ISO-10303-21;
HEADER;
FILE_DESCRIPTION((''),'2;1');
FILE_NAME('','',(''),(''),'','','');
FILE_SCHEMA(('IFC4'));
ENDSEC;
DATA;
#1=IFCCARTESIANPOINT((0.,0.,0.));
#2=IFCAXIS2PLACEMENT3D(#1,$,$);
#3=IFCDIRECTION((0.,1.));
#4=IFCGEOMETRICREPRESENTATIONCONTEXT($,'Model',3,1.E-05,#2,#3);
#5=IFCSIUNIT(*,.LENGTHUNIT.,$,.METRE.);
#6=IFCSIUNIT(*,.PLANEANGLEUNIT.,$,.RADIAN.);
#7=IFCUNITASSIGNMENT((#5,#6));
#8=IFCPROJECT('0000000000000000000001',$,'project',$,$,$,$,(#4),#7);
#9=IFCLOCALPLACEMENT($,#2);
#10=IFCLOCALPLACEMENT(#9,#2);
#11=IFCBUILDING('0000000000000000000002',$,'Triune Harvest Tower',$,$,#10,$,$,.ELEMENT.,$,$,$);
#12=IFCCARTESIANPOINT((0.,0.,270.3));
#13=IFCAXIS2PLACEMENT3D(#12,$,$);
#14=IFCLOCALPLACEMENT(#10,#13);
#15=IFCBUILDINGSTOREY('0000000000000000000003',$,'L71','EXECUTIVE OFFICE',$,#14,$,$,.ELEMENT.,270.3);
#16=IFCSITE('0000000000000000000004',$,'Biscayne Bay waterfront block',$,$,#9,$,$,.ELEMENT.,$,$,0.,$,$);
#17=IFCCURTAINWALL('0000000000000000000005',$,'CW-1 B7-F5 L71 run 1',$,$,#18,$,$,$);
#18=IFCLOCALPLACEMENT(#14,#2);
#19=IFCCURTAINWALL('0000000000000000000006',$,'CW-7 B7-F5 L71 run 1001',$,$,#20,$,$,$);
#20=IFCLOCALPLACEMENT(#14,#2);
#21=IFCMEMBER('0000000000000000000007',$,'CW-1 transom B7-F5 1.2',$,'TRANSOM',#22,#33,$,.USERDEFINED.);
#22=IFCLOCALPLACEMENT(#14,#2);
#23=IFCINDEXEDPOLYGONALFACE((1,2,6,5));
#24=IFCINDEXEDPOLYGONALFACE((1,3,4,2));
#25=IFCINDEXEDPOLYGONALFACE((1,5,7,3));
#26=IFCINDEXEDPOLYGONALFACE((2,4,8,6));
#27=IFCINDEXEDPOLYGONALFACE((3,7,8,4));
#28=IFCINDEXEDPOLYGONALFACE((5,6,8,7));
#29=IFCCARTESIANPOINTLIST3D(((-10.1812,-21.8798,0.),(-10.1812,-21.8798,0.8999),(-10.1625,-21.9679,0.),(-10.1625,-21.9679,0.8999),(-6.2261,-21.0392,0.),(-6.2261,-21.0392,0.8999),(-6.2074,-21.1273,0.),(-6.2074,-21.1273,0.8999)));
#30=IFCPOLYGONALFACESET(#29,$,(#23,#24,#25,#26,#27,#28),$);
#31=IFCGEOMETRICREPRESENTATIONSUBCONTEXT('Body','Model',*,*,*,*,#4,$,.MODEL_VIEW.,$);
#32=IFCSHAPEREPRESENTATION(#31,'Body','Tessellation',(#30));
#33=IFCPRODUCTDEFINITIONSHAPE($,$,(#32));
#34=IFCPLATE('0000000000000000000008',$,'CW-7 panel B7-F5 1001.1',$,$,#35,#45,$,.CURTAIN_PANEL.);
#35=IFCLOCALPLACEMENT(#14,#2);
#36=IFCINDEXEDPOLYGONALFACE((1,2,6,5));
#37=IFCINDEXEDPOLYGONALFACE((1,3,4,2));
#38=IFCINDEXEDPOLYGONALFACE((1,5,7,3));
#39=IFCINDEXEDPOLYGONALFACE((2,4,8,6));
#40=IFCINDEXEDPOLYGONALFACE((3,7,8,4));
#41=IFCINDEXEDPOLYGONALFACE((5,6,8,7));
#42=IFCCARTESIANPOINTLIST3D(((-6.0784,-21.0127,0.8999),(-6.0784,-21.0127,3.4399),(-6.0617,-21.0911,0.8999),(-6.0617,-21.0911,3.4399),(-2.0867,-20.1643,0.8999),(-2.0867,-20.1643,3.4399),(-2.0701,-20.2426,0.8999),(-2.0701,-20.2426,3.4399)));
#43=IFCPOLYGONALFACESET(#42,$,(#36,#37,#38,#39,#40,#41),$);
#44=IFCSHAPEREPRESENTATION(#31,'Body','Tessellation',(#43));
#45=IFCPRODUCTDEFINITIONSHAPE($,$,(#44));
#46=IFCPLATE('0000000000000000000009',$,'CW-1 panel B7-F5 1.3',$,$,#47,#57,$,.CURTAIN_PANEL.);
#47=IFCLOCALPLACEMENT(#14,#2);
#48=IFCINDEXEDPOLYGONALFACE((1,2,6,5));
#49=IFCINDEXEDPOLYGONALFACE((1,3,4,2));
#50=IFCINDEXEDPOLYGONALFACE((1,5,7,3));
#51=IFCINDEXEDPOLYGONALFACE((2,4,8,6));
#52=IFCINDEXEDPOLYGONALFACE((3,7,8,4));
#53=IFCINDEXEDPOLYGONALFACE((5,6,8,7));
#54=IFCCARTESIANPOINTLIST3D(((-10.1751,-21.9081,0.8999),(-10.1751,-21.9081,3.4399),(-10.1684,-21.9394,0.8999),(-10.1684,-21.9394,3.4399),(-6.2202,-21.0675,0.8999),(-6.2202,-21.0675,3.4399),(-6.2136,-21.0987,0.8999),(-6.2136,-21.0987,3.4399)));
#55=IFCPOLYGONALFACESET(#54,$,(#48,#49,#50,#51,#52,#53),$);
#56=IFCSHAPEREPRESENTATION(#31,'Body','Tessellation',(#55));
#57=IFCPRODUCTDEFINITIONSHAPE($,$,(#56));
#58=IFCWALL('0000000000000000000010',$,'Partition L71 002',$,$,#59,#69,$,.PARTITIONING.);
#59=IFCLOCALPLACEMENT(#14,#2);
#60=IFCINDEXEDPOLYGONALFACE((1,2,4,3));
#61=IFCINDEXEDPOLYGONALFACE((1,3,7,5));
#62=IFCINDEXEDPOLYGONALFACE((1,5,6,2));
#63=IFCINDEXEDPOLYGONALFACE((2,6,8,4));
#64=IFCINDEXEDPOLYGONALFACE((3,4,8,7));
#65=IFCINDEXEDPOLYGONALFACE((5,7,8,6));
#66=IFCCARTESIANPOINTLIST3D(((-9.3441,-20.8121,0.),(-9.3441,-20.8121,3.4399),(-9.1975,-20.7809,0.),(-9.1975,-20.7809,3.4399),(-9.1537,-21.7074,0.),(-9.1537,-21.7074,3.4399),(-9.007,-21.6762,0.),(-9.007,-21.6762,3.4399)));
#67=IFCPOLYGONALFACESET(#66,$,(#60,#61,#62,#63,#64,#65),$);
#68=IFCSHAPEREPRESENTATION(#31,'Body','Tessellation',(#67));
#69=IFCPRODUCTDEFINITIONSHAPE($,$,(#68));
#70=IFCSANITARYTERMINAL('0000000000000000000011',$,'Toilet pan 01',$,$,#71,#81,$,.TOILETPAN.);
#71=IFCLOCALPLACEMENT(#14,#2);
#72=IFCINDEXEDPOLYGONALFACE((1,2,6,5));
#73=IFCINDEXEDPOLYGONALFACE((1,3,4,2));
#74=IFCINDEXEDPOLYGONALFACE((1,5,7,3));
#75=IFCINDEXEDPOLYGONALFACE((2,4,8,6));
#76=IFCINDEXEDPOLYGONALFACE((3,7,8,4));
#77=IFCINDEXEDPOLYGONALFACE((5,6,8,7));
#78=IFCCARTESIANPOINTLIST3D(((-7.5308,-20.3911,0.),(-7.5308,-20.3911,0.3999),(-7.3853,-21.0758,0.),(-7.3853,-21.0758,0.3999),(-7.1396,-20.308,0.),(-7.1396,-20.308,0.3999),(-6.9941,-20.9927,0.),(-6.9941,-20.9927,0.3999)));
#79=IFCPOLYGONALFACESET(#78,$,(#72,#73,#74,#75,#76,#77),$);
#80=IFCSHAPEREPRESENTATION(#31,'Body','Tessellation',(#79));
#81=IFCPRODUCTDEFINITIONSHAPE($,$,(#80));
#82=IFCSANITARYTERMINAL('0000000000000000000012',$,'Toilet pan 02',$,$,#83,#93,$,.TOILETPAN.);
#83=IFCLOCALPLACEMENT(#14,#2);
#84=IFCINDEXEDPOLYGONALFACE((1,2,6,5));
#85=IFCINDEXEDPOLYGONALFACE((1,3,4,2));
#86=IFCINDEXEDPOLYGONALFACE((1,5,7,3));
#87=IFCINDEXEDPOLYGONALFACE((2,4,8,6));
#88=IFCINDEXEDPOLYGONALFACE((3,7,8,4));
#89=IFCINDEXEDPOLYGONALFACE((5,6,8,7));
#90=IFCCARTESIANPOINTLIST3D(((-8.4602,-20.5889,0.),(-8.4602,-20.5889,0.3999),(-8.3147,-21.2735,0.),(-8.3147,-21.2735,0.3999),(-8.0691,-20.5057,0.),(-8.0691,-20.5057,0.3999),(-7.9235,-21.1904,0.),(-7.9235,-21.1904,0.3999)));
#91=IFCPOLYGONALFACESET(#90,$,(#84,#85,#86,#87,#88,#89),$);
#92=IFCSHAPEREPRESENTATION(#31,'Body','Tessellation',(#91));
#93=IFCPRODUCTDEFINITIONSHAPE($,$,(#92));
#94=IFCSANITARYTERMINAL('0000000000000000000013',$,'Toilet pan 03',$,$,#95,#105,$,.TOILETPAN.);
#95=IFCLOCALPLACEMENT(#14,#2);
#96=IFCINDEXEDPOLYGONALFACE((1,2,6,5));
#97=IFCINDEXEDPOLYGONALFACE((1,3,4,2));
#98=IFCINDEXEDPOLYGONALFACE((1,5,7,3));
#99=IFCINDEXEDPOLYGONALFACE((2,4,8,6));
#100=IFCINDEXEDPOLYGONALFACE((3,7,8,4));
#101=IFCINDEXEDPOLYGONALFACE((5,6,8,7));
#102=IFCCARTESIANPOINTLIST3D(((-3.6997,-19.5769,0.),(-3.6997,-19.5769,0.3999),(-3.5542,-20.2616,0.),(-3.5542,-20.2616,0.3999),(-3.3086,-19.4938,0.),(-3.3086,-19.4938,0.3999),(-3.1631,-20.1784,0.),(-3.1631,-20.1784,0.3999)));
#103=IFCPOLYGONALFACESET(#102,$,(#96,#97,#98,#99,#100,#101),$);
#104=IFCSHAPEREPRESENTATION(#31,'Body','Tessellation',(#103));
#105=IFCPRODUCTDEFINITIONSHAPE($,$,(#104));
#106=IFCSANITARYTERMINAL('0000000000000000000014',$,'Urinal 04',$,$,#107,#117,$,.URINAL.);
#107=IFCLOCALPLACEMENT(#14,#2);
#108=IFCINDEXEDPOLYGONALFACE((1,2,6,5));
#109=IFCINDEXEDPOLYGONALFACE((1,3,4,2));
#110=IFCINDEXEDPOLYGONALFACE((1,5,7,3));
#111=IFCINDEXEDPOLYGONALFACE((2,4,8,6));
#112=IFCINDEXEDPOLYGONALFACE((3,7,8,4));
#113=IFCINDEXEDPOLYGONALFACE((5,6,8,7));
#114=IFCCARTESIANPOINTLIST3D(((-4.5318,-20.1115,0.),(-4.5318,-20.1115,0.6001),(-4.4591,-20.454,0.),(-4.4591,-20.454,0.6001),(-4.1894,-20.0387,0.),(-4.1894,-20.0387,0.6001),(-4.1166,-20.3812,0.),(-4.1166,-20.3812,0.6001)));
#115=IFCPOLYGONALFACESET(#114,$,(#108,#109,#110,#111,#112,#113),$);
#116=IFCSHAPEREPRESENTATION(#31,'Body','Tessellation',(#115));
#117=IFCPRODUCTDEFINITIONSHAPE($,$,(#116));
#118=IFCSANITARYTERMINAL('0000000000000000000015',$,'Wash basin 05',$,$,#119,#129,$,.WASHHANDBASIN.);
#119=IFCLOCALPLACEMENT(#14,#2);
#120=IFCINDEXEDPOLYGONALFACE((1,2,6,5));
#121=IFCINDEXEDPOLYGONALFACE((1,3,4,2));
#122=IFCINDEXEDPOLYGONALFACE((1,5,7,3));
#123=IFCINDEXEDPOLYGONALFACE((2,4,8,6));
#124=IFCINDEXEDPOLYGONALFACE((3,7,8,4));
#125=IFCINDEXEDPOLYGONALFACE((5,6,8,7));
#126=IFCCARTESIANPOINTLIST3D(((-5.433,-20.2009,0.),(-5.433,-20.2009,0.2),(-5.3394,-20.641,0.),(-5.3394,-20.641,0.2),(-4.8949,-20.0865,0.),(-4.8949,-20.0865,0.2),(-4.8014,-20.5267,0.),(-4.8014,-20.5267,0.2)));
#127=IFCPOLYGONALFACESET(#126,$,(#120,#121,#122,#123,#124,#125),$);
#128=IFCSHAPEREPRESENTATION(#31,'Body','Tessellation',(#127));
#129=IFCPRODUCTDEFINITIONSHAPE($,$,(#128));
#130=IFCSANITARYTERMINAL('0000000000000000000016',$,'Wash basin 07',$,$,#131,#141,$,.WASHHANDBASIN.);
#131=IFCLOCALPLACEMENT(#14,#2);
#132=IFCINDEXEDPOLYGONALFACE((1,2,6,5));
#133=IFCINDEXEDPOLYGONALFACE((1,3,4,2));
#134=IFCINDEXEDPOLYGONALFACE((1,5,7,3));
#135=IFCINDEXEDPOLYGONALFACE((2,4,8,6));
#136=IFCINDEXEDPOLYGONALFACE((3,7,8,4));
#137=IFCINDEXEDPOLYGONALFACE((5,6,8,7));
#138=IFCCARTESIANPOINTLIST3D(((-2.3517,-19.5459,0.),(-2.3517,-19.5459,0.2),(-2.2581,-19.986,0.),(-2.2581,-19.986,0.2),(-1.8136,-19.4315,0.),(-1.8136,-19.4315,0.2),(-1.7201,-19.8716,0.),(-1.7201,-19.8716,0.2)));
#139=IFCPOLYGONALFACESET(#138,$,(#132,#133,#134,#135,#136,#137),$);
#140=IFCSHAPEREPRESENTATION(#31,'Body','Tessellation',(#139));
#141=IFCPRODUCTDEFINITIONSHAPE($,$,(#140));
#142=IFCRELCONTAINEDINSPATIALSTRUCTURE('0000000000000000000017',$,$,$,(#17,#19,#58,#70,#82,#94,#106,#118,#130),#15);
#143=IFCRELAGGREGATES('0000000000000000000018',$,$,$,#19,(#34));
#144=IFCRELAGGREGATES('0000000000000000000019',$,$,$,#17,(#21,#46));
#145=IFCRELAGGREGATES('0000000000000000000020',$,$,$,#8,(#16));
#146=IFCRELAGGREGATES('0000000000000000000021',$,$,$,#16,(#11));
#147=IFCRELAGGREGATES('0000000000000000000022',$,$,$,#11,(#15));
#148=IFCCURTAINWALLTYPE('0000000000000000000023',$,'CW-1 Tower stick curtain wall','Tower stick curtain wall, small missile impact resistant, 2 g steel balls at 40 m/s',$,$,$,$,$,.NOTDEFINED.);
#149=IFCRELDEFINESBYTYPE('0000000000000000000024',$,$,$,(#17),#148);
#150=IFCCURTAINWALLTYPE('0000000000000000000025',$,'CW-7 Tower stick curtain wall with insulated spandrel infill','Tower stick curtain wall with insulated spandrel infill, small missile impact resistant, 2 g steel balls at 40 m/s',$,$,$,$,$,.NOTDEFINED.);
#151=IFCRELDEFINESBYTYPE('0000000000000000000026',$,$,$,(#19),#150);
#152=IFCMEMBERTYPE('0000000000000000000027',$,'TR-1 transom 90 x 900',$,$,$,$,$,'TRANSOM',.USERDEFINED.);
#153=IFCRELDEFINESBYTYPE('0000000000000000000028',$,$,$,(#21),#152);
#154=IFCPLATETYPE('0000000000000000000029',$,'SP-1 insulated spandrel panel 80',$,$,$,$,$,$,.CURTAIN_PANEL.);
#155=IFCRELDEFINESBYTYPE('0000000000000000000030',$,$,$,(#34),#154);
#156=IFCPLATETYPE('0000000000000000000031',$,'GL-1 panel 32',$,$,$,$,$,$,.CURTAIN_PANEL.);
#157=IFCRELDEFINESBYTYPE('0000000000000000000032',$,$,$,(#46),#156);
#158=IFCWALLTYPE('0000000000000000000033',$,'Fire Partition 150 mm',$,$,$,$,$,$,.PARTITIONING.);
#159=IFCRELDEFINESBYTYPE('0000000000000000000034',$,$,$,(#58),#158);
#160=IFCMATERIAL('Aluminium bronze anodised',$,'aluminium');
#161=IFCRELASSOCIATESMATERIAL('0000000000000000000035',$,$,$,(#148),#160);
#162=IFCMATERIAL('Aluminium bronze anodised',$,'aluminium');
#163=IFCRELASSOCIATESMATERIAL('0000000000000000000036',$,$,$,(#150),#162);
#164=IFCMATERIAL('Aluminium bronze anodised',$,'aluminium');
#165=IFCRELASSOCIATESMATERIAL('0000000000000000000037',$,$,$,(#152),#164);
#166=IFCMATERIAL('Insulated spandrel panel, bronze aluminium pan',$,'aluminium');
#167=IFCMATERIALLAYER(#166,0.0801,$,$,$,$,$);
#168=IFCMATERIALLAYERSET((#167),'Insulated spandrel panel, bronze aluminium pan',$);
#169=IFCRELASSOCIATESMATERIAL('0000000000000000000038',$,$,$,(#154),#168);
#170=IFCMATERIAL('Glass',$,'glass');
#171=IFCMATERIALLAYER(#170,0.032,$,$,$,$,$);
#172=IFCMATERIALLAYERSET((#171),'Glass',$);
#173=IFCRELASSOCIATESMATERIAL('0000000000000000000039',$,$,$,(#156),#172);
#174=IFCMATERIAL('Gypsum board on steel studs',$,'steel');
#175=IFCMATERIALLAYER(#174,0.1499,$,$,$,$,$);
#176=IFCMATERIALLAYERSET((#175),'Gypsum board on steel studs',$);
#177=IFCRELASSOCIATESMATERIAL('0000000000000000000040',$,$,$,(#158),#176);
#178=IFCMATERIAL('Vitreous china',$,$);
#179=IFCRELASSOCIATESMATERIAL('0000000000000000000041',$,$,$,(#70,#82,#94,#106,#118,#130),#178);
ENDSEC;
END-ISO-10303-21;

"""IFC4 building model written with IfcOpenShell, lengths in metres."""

from ifc_helpers import new_model, si_unit, direction, frame, frame_2d, origin, origin_2d, place, context, subcontext, project, spatial, rectangle, extrude, source, transform, mapped, material, layer, layer_set, material_profile, profile_set, type_object, element, aggregate, save


model = new_model("IFC4")

# Units and contexts
model_context = context("Model", 3, precision=1e-05, world=origin(), true_north=direction((0.0, 1.0)))
body_context = subcontext(model_context, "Body", "Model", "MODEL_VIEW")
ifc_project = project(units=[si_unit("LENGTHUNIT", "METRE"), si_unit("PLANEANGLEUNIT", "RADIAN")], contexts=[model_context])

# Site, building, storey
site_placement = place(None, origin())
site = spatial("IfcSite", under=ifc_project, at=site_placement, Name="Biscayne Bay waterfront block", CompositionType="ELEMENT", RefElevation=0.0)
building_placement = place(site_placement, origin())
building = spatial("IfcBuilding", under=site, at=building_placement, Name="Triune Harvest Tower", CompositionType="ELEMENT")
storey_placement = place(building_placement, frame((0.0, 0.0, 270.3)))
storey = spatial("IfcBuildingStorey", under=building, at=storey_placement, Name="L71", Description="EXECUTIVE OFFICE", CompositionType="ELEMENT", Elevation=270.3)

# Curtain walls
ifc_material_1 = material(Name="Aluminium bronze anodised", Category="aluminium")
curtain_wall_type_1 = type_object("IfcCurtainWallType", Name="CW-1 Tower stick curtain wall", Description="Tower stick curtain wall, small missile impact resistant, 2 g steel balls at 40 m/s", PredefinedType="NOTDEFINED", material=ifc_material_1)
curtain_wall_1_placement = place(storey_placement, origin())
curtain_wall_1 = element("IfcCurtainWall", 1, at=curtain_wall_1_placement, inside=storey, type_object=curtain_wall_type_1, Name="CW-1 B7-F5 L71 run 1")
ifc_material_2 = material(Name="Aluminium bronze anodised", Category="aluminium")
curtain_wall_type_2 = type_object("IfcCurtainWallType", Name="CW-7 Tower stick curtain wall with insulated spandrel infill", Description="Tower stick curtain wall with insulated spandrel infill, small missile impact resistant, 2 g steel balls at 40 m/s", PredefinedType="NOTDEFINED", material=ifc_material_2)
curtain_wall_2_placement = place(storey_placement, origin())
curtain_wall_2 = element("IfcCurtainWall", 2, at=curtain_wall_2_placement, inside=storey, type_object=curtain_wall_type_2, Name="CW-7 B7-F5 L71 run 1001")
ifc_material_3 = material(Name="Aluminium bronze anodised", Category="aluminium")
ifc_material_profile_1 = material_profile(ifc_material_3, rectangle(XDim=0.0901, YDim=0.8999, at=origin_2d()), Name="TR-1 transom 90 x 900")
ifc_profile_set_1 = profile_set([ifc_material_profile_1], Name="Aluminium bronze anodised")
member_type_1 = type_object("IfcMemberType", Name="TR-1 transom 90 x 900", ElementType="TRANSOM", PredefinedType="USERDEFINED", material=ifc_profile_set_1)

# Member
shared_shape_1 = source(origin(), body_context, "Body", "SweptSolid", [
    extrude(rectangle(XDim=0.0901, YDim=0.8999, at=origin_2d()), origin(), (0.0, 0.0, 1.0), 4.0435),
])
member_1_placement = place(storey_placement, frame((-10.1719, -21.9238, 0.45), z_axis=(0.978153, 0.207888, 0.0), x_axis=(-0.207888, 0.978153, 0.0)))
member_1 = element("IfcMember", 3, at=member_1_placement, type_object=member_type_1, Name="CW-1 transom B7-F5 1.2", ObjectType="TRANSOM", PredefinedType="USERDEFINED", context=body_context, shape_type="MappedRepresentation", body=[
    mapped(shared_shape_1, transform((0.0, 0.0, 0.0), scale=1.0)),
])

# Plates
ifc_material_4 = material(Name="Insulated spandrel panel, bronze aluminium pan", Category="aluminium")
ifc_layer_1 = layer(ifc_material_4, 0.0801)
ifc_layer_set_1 = layer_set([ifc_layer_1], Name="Insulated spandrel panel, bronze aluminium pan")
plate_type_1 = type_object("IfcPlateType", Name="SP-1 insulated spandrel panel 80", PredefinedType="CURTAIN_PANEL", material=ifc_layer_set_1)
shared_shape_2 = source(origin(), body_context, "Body", "SweptSolid", [
    extrude(rectangle(XDim=4.0808, YDim=0.0801, at=origin_2d()), origin(), (0.0, 0.0, 1.0), 2.54),
])
plate_1_placement = place(storey_placement, frame((-4.0742, -20.6277, 0.8999), z_axis=(0.0, 0.0, 1.0), x_axis=(0.978147, 0.207913, 0.0)))
plate_1 = element("IfcPlate", 4, at=plate_1_placement, type_object=plate_type_1, Name="CW-7 panel B7-F5 1001.1", PredefinedType="CURTAIN_PANEL", context=body_context, shape_type="MappedRepresentation", body=[
    mapped(shared_shape_2, transform((0.0, 0.0, 0.0), scale=1.0)),
])
aggregate(curtain_wall_2, [plate_1])
ifc_material_5 = material(Name="Glass", Category="glass")
ifc_layer_2 = layer(ifc_material_5, 0.032)
ifc_layer_set_2 = layer_set([ifc_layer_2], Name="Glass")
plate_type_2 = type_object("IfcPlateType", Name="GL-1 panel 32", PredefinedType="CURTAIN_PANEL", material=ifc_layer_set_2)
shared_shape_3 = source(origin(), body_context, "Body", "SweptSolid", [
    extrude(rectangle(XDim=4.0432, YDim=0.032, at=origin_2d()), origin(), (0.0, 0.0, 1.0), 2.54),
])
plate_2_placement = place(storey_placement, frame((-8.1943, -21.5034, 0.8999), z_axis=(0.0, 0.0, 1.0), x_axis=(0.978148, 0.207909, 0.0)))
plate_2 = element("IfcPlate", 5, at=plate_2_placement, type_object=plate_type_2, Name="CW-1 panel B7-F5 1.3", PredefinedType="CURTAIN_PANEL", context=body_context, shape_type="MappedRepresentation", body=[
    mapped(shared_shape_3, transform((0.0, 0.0, 0.0), scale=1.0)),
])
aggregate(curtain_wall_1, [member_1, plate_2])

# Wall
ifc_material_6 = material(Name="Gypsum board on steel studs", Category="steel")
ifc_layer_3 = layer(ifc_material_6, 0.1499)
ifc_layer_set_3 = layer_set([ifc_layer_3], Name="Gypsum board on steel studs")
wall_type = type_object("IfcWallType", Name="Fire Partition 150 mm", PredefinedType="PARTITIONING", material=ifc_layer_set_3)
shared_shape_4 = source(origin(), body_context, "Body", "SweptSolid", [
    extrude(rectangle(XDim=0.9153, YDim=0.1499, at=frame_2d((0.4575, 0.0))), origin(), (0.0, 0.0, 1.0), 3.4399),
])
wall_placement = place(storey_placement, frame((-9.2708, -20.7966, 0.0), z_axis=(0.0, 0.0, 1.0), x_axis=(0.208053, -0.978117, 0.0)))
element("IfcWall", 6, at=wall_placement, inside=storey, type_object=wall_type, Name="Partition L71 002", PredefinedType="PARTITIONING", context=body_context, shape_type="MappedRepresentation", body=[
    mapped(shared_shape_4, transform((0.0, 0.0, 0.0), scale=1.0)),
])

# Sanitary terminals
ifc_material_7 = material(Name="Vitreous china")
shared_shape_5 = source(origin(), body_context, "Body", "SweptSolid", [
    extrude(rectangle(XDim=0.3999, YDim=0.7, at=origin_2d()), origin(), (0.0, 0.0, 1.0), 0.3999),
])
for number, where, z_axis, x_axis, name in (
    (7, (-7.2625, -20.6919, 0.0), (0.0, 0.0, 1.0), (-0.978148, -0.207912, 0.0), "Toilet pan 01"),
    (8, (-8.1919, -20.8896, 0.0), (0.0, 0.0, 1.0), (-0.978148, -0.207912, 0.0), "Toilet pan 02"),
    (9, (-3.4314, -19.8777, 0.0), (0.0, 0.0, 1.0), (-0.978151, -0.207895, 0.0), "Toilet pan 03"),
):
    element("IfcSanitaryTerminal", number, at=place(storey_placement, frame(where, z_axis=z_axis, x_axis=x_axis)), inside=storey, material=ifc_material_7, Name=name, PredefinedType="TOILETPAN", context=body_context, shape_type="MappedRepresentation", body=[
        mapped(shared_shape_5, transform((0.0, 0.0, 0.0), scale=1.0)),
    ])
shared_shape_6 = source(origin(), body_context, "Body", "SweptSolid", [
    extrude(rectangle(XDim=0.3501, YDim=0.3501, at=origin_2d()), origin(), (0.0, 0.0, 1.0), 0.6001),
])
sanitary_terminal_placement = place(storey_placement, frame((-4.3242, -20.2463, 0.0), z_axis=(0.0, 0.0, 1.0), x_axis=(-0.978151, -0.207895, 0.0)))
element("IfcSanitaryTerminal", 10, at=sanitary_terminal_placement, inside=storey, material=ifc_material_7, Name="Urinal 04", PredefinedType="URINAL", context=body_context, shape_type="MappedRepresentation", body=[
    mapped(shared_shape_6, transform((0.0, 0.0, 0.0), scale=1.0)),
])
shared_shape_7 = source(origin(), body_context, "Body", "SweptSolid", [
    extrude(rectangle(XDim=0.55, YDim=0.45, at=origin_2d()), origin(), (0.0, 0.0, 1.0), 0.2),
])
for number, where, z_axis, x_axis, name in (
    (11, (-5.1172, -20.3638, 0.0), (0.0, 0.0, 1.0), (-0.978151, -0.207895, 0.0), "Wash basin 05"),
    (12, (-2.0359, -19.7087, 0.0), (0.0, 0.0, 1.0), (-0.978155, -0.207878, 0.0), "Wash basin 07"),
):
    element("IfcSanitaryTerminal", number, at=place(storey_placement, frame(where, z_axis=z_axis, x_axis=x_axis)), inside=storey, material=ifc_material_7, Name=name, PredefinedType="WASHHANDBASIN", context=body_context, shape_type="MappedRepresentation", body=[
        mapped(shared_shape_7, transform((0.0, 0.0, 0.0), scale=1.0)),
    ])

save(model, "model.ifc")
